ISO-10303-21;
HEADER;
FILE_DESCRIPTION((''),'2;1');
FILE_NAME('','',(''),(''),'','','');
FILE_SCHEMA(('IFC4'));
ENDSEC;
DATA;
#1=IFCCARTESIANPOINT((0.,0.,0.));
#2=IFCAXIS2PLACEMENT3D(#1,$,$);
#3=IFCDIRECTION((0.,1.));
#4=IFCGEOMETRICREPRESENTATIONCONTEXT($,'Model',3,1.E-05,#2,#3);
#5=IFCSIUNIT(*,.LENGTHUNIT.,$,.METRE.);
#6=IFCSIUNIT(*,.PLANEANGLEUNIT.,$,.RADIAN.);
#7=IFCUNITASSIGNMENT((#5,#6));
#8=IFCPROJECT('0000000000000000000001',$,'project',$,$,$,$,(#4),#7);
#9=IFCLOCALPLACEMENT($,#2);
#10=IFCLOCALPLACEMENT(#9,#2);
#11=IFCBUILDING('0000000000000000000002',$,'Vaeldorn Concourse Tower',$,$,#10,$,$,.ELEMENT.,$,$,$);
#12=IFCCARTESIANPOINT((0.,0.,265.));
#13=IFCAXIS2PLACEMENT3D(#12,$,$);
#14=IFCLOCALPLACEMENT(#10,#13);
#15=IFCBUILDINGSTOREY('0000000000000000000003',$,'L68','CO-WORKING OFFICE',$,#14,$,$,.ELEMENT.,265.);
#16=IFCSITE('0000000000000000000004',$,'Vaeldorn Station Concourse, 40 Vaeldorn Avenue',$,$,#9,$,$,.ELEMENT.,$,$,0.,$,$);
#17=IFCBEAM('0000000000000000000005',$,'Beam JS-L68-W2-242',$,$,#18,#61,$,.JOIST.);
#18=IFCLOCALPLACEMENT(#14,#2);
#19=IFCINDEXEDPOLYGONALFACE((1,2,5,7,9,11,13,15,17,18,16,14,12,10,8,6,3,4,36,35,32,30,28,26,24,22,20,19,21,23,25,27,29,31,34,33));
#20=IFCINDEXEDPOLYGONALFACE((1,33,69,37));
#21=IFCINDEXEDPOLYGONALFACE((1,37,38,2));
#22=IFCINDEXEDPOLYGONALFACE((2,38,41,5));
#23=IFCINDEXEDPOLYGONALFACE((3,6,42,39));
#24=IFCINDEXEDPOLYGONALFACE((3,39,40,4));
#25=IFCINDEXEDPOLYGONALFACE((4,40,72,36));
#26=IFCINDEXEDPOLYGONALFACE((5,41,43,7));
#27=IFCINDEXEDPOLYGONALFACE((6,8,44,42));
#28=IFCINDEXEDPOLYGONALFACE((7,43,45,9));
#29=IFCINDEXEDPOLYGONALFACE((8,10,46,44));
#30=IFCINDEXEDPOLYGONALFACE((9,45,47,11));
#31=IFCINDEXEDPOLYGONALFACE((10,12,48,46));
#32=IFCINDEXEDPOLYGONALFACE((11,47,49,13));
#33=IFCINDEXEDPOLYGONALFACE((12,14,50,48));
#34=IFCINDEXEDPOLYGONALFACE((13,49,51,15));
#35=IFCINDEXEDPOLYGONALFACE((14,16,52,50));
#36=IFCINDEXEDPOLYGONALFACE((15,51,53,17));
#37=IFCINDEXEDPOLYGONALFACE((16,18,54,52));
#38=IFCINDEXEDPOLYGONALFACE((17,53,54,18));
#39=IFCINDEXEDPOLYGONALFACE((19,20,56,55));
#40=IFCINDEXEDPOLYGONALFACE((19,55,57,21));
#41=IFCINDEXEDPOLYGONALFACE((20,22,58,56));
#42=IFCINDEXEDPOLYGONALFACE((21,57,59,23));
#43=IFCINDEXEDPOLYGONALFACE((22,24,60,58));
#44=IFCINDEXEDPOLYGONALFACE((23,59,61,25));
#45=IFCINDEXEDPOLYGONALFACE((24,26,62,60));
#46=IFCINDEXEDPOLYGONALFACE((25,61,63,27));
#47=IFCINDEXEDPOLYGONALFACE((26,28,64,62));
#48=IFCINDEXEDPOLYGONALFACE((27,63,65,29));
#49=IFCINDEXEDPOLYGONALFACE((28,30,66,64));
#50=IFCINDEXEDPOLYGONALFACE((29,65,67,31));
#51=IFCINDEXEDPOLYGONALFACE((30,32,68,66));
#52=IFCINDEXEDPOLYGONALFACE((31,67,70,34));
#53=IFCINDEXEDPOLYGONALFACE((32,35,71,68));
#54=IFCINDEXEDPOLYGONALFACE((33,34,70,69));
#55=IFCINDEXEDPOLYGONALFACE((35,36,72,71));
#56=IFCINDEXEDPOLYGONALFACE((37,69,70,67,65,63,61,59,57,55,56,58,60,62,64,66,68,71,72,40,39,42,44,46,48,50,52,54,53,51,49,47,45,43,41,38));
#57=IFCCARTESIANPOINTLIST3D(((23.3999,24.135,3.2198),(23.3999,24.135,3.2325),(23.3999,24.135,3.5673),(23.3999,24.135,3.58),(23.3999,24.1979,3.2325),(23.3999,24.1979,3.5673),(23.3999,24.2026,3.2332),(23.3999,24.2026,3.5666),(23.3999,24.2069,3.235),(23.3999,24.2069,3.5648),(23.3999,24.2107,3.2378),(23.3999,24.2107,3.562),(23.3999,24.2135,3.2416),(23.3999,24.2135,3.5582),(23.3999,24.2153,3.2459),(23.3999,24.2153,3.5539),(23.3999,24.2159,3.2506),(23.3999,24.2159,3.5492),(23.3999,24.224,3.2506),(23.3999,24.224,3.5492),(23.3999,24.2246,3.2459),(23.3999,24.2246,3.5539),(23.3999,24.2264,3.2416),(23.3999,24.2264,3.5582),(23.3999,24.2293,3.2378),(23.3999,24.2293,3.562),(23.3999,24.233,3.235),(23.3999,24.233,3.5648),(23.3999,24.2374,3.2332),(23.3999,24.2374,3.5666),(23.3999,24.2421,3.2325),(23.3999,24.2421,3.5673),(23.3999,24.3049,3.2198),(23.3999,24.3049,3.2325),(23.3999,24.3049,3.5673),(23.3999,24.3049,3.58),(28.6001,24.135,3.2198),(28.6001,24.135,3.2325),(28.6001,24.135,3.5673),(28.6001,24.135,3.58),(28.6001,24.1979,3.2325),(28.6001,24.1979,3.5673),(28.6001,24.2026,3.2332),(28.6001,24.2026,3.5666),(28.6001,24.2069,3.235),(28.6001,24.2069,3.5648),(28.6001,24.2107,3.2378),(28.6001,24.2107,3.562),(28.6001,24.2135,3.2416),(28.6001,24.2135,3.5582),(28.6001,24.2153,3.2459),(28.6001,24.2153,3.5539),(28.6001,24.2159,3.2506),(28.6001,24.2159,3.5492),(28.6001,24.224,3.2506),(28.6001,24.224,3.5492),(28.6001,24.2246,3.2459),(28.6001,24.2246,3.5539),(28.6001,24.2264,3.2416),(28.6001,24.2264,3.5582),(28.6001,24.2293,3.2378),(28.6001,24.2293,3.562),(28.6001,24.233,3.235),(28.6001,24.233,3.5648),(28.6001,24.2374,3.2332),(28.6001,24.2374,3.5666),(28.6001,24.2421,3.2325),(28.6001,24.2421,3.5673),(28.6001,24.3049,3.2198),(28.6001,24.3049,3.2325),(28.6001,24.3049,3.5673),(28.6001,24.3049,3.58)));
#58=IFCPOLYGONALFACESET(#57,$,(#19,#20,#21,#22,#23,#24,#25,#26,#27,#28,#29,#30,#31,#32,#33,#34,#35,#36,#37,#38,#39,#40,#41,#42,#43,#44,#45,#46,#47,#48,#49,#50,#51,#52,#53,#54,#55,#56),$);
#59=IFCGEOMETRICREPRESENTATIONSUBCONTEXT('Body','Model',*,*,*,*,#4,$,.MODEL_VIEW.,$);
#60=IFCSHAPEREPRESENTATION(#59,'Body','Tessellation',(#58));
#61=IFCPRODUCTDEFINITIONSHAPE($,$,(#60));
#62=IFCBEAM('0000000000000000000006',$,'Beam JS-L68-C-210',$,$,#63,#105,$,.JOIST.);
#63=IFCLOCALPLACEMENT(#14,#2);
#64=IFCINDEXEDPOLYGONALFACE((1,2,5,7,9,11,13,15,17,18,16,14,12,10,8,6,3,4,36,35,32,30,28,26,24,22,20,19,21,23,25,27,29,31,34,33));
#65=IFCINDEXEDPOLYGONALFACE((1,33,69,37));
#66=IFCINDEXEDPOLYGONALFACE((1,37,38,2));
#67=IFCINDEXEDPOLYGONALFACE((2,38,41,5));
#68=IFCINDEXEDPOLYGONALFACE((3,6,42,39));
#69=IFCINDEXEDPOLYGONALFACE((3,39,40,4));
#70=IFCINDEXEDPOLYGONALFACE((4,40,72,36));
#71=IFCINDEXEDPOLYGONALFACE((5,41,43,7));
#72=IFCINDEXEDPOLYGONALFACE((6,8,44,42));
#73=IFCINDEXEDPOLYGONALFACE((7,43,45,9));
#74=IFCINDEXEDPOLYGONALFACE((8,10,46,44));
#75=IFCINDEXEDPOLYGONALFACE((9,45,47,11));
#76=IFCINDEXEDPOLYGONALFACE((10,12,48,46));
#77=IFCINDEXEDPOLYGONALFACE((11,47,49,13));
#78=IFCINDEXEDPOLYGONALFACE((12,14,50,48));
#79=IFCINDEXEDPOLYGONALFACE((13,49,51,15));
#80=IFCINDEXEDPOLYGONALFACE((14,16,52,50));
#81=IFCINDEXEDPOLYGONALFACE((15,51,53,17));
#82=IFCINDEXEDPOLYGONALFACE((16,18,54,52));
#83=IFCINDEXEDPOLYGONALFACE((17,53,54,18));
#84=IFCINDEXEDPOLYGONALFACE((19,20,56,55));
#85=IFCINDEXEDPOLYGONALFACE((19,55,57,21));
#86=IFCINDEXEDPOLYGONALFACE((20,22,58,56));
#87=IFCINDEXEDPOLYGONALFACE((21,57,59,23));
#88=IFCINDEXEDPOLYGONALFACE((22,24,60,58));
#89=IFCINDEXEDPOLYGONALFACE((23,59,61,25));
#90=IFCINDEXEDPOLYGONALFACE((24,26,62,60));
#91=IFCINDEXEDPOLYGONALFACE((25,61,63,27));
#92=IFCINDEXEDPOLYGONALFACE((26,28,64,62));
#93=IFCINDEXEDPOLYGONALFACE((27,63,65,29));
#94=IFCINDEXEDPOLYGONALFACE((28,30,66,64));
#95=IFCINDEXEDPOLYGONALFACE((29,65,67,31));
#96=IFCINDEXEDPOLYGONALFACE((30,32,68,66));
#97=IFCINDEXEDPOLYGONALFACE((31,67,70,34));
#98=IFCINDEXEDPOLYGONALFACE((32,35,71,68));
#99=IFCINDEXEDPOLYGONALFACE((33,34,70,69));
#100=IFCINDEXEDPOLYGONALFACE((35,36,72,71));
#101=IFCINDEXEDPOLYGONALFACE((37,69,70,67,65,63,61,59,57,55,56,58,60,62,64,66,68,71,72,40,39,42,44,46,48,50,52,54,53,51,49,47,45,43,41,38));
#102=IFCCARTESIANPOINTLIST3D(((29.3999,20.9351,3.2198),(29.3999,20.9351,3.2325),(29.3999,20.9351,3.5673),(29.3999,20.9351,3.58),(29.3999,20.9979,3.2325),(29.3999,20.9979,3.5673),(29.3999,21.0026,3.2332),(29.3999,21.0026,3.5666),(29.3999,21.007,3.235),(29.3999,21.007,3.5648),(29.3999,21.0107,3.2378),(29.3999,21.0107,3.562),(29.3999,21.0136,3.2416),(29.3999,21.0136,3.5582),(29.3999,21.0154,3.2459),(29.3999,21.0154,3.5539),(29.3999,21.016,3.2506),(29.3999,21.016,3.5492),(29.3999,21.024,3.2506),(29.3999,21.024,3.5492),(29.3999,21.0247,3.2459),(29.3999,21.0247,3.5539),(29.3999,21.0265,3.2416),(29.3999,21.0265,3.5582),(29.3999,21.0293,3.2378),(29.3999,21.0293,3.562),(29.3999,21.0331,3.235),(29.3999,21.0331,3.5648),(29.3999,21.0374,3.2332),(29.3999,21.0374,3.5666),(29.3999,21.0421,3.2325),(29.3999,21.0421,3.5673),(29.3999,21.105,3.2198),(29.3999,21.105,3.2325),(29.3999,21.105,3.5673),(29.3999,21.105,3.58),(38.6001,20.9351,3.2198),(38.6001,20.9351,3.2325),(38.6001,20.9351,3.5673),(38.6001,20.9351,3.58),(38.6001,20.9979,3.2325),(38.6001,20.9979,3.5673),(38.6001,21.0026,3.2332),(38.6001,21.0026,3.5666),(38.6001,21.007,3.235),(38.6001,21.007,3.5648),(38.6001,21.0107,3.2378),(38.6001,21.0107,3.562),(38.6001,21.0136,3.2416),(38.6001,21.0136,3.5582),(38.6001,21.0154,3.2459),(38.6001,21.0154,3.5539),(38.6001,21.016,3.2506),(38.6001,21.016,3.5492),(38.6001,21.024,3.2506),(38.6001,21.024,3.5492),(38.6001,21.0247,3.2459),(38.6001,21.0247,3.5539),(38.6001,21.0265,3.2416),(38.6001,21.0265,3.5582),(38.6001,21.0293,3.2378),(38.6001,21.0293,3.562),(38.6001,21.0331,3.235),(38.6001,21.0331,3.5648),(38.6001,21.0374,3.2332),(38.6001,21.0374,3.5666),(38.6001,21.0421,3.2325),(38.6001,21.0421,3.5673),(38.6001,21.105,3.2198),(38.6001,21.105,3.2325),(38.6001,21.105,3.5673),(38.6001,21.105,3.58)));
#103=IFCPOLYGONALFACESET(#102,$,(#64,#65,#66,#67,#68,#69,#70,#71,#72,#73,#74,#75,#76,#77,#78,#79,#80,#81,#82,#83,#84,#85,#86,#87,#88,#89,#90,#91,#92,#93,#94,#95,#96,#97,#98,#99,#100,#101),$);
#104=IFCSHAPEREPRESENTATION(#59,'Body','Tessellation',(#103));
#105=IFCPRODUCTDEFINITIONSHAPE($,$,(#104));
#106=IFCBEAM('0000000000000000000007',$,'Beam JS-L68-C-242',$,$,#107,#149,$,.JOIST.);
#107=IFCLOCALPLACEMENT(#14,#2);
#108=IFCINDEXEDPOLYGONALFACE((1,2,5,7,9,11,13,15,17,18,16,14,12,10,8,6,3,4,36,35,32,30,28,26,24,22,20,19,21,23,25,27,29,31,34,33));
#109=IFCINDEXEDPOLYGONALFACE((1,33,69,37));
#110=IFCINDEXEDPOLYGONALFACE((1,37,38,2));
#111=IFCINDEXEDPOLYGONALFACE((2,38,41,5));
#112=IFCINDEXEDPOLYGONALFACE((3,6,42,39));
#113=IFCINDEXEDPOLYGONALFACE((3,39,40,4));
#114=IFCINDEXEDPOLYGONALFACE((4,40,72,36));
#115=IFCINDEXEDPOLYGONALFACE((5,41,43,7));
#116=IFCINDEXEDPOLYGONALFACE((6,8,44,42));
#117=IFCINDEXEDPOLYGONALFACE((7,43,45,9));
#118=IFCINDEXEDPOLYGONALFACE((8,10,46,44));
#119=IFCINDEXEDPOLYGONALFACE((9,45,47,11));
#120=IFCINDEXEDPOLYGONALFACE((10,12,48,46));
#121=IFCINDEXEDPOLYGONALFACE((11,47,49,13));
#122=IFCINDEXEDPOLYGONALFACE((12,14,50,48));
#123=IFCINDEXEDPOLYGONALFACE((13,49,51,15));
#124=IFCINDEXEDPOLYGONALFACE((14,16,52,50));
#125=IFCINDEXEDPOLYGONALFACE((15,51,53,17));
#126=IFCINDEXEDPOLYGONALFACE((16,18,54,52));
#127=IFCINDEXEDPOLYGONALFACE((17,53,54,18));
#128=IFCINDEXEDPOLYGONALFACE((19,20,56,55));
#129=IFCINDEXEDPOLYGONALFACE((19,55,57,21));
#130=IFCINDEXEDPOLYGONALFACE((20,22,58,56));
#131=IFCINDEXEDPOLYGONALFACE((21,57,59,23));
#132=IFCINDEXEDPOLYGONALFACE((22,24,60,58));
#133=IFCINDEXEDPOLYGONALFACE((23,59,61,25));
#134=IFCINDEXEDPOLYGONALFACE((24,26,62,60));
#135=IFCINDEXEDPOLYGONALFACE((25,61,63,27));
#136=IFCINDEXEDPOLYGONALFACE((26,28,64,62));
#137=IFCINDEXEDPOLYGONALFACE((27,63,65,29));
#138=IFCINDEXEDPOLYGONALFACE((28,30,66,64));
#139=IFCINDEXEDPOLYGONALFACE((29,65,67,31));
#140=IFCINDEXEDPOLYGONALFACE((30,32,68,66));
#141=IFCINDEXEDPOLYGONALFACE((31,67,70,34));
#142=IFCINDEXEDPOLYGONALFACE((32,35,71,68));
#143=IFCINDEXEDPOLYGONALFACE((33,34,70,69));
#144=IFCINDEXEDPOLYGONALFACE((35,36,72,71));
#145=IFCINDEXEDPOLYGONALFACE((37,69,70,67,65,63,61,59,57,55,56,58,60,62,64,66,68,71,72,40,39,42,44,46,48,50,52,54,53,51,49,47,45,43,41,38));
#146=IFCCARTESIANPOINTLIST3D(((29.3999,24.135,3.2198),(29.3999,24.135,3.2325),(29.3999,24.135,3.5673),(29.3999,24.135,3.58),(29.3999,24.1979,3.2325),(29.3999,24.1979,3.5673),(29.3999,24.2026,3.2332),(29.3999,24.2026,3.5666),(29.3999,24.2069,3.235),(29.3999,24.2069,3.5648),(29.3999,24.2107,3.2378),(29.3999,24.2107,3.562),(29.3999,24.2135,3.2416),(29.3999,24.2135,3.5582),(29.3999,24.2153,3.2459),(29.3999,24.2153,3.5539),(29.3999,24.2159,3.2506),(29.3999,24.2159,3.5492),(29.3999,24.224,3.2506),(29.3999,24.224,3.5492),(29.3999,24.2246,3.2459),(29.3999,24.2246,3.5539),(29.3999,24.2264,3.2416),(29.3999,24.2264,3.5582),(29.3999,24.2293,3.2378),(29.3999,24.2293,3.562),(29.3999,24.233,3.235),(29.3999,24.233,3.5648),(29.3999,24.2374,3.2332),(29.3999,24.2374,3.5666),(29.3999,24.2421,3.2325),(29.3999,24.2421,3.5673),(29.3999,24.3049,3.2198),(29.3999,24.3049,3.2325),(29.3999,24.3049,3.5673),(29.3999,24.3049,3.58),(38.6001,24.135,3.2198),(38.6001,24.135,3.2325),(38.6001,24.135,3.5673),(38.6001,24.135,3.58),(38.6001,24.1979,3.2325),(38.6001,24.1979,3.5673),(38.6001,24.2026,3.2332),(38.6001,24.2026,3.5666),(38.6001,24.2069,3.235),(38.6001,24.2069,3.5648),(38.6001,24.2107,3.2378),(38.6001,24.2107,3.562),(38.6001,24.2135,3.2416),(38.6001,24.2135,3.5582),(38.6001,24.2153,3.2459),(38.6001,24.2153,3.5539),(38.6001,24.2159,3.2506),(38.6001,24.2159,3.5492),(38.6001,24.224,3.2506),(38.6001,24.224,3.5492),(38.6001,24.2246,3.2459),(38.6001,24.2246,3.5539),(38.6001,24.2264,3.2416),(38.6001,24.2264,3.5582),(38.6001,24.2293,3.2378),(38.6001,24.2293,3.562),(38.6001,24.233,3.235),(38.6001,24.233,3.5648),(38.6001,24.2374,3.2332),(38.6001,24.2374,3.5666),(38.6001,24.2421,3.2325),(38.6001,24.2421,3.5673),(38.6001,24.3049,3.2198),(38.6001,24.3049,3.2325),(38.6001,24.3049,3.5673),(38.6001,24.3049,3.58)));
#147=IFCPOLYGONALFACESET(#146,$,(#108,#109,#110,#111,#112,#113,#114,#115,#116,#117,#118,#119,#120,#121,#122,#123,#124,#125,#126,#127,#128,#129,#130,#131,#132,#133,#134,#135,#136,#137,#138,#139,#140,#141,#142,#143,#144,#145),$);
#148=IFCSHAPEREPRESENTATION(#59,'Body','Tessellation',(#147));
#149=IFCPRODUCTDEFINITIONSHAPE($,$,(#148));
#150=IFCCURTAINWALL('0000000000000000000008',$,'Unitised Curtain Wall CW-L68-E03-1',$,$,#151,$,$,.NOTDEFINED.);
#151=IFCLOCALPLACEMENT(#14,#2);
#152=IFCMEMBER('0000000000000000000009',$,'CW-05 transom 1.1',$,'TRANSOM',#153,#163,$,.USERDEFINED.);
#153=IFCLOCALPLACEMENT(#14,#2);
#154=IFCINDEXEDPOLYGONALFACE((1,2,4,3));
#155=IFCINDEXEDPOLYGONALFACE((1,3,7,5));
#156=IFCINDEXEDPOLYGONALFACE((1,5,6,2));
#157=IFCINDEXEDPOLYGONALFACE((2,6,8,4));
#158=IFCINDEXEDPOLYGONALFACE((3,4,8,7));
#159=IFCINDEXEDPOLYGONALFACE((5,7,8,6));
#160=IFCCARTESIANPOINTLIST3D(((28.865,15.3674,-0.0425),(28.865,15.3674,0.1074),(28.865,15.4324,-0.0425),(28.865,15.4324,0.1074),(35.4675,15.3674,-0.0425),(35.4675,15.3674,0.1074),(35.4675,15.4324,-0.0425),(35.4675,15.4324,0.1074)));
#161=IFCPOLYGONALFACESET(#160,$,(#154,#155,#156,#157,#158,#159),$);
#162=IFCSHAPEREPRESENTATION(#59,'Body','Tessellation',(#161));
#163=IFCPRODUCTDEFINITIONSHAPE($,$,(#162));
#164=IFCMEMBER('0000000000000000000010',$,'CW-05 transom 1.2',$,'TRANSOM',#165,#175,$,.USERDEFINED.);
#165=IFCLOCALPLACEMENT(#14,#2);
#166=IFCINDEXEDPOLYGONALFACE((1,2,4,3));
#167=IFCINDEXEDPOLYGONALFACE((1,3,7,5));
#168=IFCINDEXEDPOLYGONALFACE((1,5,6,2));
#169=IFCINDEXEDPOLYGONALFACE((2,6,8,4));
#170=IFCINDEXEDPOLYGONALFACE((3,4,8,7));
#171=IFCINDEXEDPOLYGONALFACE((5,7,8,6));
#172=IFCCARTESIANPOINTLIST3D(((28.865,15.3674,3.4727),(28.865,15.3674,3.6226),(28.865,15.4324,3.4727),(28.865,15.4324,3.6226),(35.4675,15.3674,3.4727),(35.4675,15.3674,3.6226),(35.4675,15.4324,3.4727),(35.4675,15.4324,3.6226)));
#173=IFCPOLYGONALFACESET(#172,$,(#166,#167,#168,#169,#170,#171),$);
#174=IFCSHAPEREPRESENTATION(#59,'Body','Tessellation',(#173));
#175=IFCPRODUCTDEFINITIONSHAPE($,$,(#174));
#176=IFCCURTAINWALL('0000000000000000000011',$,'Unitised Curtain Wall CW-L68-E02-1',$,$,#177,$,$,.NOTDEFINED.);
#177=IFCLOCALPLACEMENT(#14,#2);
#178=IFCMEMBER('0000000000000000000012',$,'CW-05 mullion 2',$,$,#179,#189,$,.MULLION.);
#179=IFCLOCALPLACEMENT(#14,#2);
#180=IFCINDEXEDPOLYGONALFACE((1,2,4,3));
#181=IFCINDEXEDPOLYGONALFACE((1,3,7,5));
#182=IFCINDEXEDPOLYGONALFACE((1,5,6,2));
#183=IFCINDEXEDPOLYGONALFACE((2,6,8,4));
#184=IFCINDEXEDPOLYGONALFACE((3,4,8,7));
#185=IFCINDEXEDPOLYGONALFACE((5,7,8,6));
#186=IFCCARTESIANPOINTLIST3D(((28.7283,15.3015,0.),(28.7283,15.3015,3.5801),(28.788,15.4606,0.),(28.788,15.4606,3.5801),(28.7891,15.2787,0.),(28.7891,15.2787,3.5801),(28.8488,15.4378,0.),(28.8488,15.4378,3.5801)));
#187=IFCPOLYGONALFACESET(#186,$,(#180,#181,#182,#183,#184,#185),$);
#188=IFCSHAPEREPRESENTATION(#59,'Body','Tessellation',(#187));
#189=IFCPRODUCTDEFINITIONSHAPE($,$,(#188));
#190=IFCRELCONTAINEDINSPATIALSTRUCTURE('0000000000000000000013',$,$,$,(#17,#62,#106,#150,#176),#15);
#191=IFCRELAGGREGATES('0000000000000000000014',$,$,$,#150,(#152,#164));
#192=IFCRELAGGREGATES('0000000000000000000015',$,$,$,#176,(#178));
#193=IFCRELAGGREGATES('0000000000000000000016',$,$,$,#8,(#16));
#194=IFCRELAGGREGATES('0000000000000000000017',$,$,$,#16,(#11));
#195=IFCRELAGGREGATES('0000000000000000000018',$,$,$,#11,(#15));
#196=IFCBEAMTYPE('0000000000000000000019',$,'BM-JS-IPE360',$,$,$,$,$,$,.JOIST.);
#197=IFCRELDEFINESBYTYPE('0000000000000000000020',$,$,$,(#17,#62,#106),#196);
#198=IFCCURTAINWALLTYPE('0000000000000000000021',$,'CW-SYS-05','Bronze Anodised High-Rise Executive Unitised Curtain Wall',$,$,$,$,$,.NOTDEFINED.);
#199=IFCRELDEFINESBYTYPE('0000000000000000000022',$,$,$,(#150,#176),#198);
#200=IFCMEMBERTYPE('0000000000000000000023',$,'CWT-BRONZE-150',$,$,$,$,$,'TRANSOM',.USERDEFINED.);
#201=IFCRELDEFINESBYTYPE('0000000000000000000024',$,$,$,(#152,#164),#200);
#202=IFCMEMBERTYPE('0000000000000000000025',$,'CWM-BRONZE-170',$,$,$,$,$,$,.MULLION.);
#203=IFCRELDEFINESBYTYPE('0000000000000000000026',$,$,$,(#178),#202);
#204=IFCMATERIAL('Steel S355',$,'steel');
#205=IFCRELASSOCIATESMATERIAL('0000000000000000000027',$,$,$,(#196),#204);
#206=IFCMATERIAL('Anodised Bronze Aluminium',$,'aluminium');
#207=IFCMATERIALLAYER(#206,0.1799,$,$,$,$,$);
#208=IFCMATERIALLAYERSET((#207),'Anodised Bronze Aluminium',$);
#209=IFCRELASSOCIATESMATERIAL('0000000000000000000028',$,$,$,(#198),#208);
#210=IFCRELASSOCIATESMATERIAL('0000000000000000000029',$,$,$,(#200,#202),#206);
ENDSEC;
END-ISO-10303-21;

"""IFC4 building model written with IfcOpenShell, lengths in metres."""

from ifc_helpers import new_model, si_unit, direction, frame, origin, origin_2d, place, context, subcontext, project, spatial, rectangle, i_section, extrude, source, transform, mapped, material, layer, layer_set, material_profile, profile_set, type_object, element, aggregate, save


model = new_model("IFC4")

# Units and contexts
model_context = context("Model", 3, precision=1e-05, world=origin(), true_north=direction((0.0, 1.0)))
body_context = subcontext(model_context, "Body", "Model", "MODEL_VIEW")
ifc_project = project(units=[si_unit("LENGTHUNIT", "METRE"), si_unit("PLANEANGLEUNIT", "RADIAN")], contexts=[model_context])

# Site, building, storey
site_placement = place(None, origin())
site = spatial("IfcSite", under=ifc_project, at=site_placement, Name="Vaeldorn Station Concourse, 40 Vaeldorn Avenue", CompositionType="ELEMENT", RefElevation=0.0)
building_placement = place(site_placement, origin())
building = spatial("IfcBuilding", under=site, at=building_placement, Name="Vaeldorn Concourse Tower", CompositionType="ELEMENT")
storey_placement = place(building_placement, frame((0.0, 0.0, 265.0)))
storey = spatial("IfcBuildingStorey", under=building, at=storey_placement, Name="L68", Description="CO-WORKING OFFICE", CompositionType="ELEMENT", Elevation=265.0)

# Shared definitions
ifc_material_1 = material(Name="Steel S355", Category="steel")

# Beams
ifc_material_profile_1 = material_profile(ifc_material_1, i_section(OverallWidth=0.1699, OverallDepth=0.3601, WebThickness=0.0081, FlangeThickness=0.0127, FilletRadius=0.0181, at=origin_2d()), Name="IPE 360")
ifc_profile_set_1 = profile_set([ifc_material_profile_1], Name="Steel S355")
beam_type_1 = type_object("IfcBeamType", Name="BM-JS-IPE360", PredefinedType="JOIST", material=ifc_profile_set_1)
shared_shape_1 = source(origin(), body_context, "Body", "SweptSolid", [
    extrude(i_section(OverallWidth=0.1699, OverallDepth=0.3601, WebThickness=0.0081, FlangeThickness=0.0127, FilletRadius=0.0181, at=origin_2d()), origin(), (0.0, 0.0, 1.0), 5.2002),
])
for number, where, z_axis, x_axis, name in (
    (1, (23.3999, 24.22, 3.3999), (1.0, 0.0, 0.0), (0.0, 1.0, 0.0), "Beam JS-L68-W2-242"),
):
    element("IfcBeam", number, at=place(storey_placement, frame(where, z_axis=z_axis, x_axis=x_axis)), inside=storey, type_object=beam_type_1, Name=name, PredefinedType="JOIST", context=body_context, shape_type="MappedRepresentation", body=[
        mapped(shared_shape_1, transform((0.0, 0.0, 0.0), scale=1.0)),
    ])
shared_shape_2 = source(origin(), body_context, "Body", "SweptSolid", [
    extrude(i_section(OverallWidth=0.1699, OverallDepth=0.3601, WebThickness=0.0081, FlangeThickness=0.0127, FilletRadius=0.0181, at=origin_2d()), origin(), (0.0, 0.0, 1.0), 9.2002),
])
for number, where, z_axis, x_axis, name in (
    (2, (29.3999, 21.02, 3.3999), (1.0, 0.0, 0.0), (0.0, 1.0, 0.0), "Beam JS-L68-C-210"),
    (3, (29.3999, 24.22, 3.3999), (1.0, 0.0, 0.0), (0.0, 1.0, 0.0), "Beam JS-L68-C-242"),
):
    element("IfcBeam", number, at=place(storey_placement, frame(where, z_axis=z_axis, x_axis=x_axis)), inside=storey, type_object=beam_type_1, Name=name, PredefinedType="JOIST", context=body_context, shape_type="MappedRepresentation", body=[
        mapped(shared_shape_2, transform((0.0, 0.0, 0.0), scale=1.0)),
    ])

# Curtain wall, members
ifc_material_2 = material(Name="Anodised Bronze Aluminium", Category="aluminium")
ifc_layer_1 = layer(ifc_material_2, 0.1799)
ifc_layer_set_1 = layer_set([ifc_layer_1], Name="Anodised Bronze Aluminium")
curtain_wall_type = type_object("IfcCurtainWallType", Name="CW-SYS-05", Description="Bronze Anodised High-Rise Executive Unitised Curtain Wall", PredefinedType="NOTDEFINED", material=ifc_layer_set_1)
curtain_wall_1_placement = place(storey_placement, origin())
curtain_wall_1 = element("IfcCurtainWall", 4, at=curtain_wall_1_placement, inside=storey, type_object=curtain_wall_type, Name="Unitised Curtain Wall CW-L68-E03-1", PredefinedType="NOTDEFINED")
ifc_material_profile_2 = material_profile(ifc_material_2, rectangle(XDim=0.0649, YDim=0.1499, at=origin_2d()), Name="CWT 65x150")
ifc_profile_set_2 = profile_set([ifc_material_profile_2], Name="Anodised Bronze Aluminium")
member_type_1 = type_object("IfcMemberType", Name="CWT-BRONZE-150", ElementType="TRANSOM", PredefinedType="USERDEFINED", material=ifc_profile_set_2)
shared_shape_3 = source(origin(), body_context, "Body", "SweptSolid", [
    extrude(rectangle(XDim=0.0649, YDim=0.1499, at=origin_2d()), origin(), (0.0, 0.0, 1.0), 6.6025),
])
member_1_placement = place(storey_placement, frame((28.865, 15.3999, 0.0325), z_axis=(1.0, 0.0, 0.0), x_axis=(0.0, 1.0, 0.0)))
member_1 = element("IfcMember", 5, at=member_1_placement, type_object=member_type_1, Name="CW-05 transom 1.1", ObjectType="TRANSOM", PredefinedType="USERDEFINED", context=body_context, shape_type="MappedRepresentation", body=[
    mapped(shared_shape_3, transform((0.0, 0.0, 0.0), scale=1.0)),
])
member_2_placement = place(storey_placement, frame((28.865, 15.3999, 3.5476), z_axis=(1.0, 0.0, 0.0), x_axis=(0.0, 1.0, 0.0)))
member_2 = element("IfcMember", 6, at=member_2_placement, type_object=member_type_1, Name="CW-05 transom 1.2", ObjectType="TRANSOM", PredefinedType="USERDEFINED", context=body_context, shape_type="MappedRepresentation", body=[
    mapped(shared_shape_3, transform((0.0, 0.0, 0.0), scale=1.0)),
])

# Curtain wall, member
curtain_wall_2_placement = place(storey_placement, origin())
curtain_wall_2 = element("IfcCurtainWall", 7, at=curtain_wall_2_placement, inside=storey, type_object=curtain_wall_type, Name="Unitised Curtain Wall CW-L68-E02-1", PredefinedType="NOTDEFINED")
ifc_material_profile_3 = material_profile(ifc_material_2, rectangle(XDim=0.0649, YDim=0.1699, at=origin_2d()), Name="CWM 65x170")
ifc_profile_set_3 = profile_set([ifc_material_profile_3], Name="Anodised Bronze Aluminium")
member_type_2 = type_object("IfcMemberType", Name="CWM-BRONZE-170", PredefinedType="MULLION", material=ifc_profile_set_3)
shared_shape_4 = source(origin(), body_context, "Body", "SweptSolid", [
    extrude(rectangle(XDim=0.0649, YDim=0.1699, at=origin_2d()), origin(), (0.0, 0.0, 1.0), 3.5801),
])
member_3_placement = place(storey_placement, frame((28.7886, 15.3696, 0.0), z_axis=(0.0, 0.0, 1.0), x_axis=(-0.936329, 0.351123, 0.0)))
member_3 = element("IfcMember", 8, at=member_3_placement, type_object=member_type_2, Name="CW-05 mullion 2", PredefinedType="MULLION", context=body_context, shape_type="MappedRepresentation", body=[
    mapped(shared_shape_4, transform((0.0, 0.0, 0.0), scale=1.0)),
])

aggregate(curtain_wall_1, [member_1, member_2])

aggregate(curtain_wall_2, [member_3])

save(model, "model.ifc")
